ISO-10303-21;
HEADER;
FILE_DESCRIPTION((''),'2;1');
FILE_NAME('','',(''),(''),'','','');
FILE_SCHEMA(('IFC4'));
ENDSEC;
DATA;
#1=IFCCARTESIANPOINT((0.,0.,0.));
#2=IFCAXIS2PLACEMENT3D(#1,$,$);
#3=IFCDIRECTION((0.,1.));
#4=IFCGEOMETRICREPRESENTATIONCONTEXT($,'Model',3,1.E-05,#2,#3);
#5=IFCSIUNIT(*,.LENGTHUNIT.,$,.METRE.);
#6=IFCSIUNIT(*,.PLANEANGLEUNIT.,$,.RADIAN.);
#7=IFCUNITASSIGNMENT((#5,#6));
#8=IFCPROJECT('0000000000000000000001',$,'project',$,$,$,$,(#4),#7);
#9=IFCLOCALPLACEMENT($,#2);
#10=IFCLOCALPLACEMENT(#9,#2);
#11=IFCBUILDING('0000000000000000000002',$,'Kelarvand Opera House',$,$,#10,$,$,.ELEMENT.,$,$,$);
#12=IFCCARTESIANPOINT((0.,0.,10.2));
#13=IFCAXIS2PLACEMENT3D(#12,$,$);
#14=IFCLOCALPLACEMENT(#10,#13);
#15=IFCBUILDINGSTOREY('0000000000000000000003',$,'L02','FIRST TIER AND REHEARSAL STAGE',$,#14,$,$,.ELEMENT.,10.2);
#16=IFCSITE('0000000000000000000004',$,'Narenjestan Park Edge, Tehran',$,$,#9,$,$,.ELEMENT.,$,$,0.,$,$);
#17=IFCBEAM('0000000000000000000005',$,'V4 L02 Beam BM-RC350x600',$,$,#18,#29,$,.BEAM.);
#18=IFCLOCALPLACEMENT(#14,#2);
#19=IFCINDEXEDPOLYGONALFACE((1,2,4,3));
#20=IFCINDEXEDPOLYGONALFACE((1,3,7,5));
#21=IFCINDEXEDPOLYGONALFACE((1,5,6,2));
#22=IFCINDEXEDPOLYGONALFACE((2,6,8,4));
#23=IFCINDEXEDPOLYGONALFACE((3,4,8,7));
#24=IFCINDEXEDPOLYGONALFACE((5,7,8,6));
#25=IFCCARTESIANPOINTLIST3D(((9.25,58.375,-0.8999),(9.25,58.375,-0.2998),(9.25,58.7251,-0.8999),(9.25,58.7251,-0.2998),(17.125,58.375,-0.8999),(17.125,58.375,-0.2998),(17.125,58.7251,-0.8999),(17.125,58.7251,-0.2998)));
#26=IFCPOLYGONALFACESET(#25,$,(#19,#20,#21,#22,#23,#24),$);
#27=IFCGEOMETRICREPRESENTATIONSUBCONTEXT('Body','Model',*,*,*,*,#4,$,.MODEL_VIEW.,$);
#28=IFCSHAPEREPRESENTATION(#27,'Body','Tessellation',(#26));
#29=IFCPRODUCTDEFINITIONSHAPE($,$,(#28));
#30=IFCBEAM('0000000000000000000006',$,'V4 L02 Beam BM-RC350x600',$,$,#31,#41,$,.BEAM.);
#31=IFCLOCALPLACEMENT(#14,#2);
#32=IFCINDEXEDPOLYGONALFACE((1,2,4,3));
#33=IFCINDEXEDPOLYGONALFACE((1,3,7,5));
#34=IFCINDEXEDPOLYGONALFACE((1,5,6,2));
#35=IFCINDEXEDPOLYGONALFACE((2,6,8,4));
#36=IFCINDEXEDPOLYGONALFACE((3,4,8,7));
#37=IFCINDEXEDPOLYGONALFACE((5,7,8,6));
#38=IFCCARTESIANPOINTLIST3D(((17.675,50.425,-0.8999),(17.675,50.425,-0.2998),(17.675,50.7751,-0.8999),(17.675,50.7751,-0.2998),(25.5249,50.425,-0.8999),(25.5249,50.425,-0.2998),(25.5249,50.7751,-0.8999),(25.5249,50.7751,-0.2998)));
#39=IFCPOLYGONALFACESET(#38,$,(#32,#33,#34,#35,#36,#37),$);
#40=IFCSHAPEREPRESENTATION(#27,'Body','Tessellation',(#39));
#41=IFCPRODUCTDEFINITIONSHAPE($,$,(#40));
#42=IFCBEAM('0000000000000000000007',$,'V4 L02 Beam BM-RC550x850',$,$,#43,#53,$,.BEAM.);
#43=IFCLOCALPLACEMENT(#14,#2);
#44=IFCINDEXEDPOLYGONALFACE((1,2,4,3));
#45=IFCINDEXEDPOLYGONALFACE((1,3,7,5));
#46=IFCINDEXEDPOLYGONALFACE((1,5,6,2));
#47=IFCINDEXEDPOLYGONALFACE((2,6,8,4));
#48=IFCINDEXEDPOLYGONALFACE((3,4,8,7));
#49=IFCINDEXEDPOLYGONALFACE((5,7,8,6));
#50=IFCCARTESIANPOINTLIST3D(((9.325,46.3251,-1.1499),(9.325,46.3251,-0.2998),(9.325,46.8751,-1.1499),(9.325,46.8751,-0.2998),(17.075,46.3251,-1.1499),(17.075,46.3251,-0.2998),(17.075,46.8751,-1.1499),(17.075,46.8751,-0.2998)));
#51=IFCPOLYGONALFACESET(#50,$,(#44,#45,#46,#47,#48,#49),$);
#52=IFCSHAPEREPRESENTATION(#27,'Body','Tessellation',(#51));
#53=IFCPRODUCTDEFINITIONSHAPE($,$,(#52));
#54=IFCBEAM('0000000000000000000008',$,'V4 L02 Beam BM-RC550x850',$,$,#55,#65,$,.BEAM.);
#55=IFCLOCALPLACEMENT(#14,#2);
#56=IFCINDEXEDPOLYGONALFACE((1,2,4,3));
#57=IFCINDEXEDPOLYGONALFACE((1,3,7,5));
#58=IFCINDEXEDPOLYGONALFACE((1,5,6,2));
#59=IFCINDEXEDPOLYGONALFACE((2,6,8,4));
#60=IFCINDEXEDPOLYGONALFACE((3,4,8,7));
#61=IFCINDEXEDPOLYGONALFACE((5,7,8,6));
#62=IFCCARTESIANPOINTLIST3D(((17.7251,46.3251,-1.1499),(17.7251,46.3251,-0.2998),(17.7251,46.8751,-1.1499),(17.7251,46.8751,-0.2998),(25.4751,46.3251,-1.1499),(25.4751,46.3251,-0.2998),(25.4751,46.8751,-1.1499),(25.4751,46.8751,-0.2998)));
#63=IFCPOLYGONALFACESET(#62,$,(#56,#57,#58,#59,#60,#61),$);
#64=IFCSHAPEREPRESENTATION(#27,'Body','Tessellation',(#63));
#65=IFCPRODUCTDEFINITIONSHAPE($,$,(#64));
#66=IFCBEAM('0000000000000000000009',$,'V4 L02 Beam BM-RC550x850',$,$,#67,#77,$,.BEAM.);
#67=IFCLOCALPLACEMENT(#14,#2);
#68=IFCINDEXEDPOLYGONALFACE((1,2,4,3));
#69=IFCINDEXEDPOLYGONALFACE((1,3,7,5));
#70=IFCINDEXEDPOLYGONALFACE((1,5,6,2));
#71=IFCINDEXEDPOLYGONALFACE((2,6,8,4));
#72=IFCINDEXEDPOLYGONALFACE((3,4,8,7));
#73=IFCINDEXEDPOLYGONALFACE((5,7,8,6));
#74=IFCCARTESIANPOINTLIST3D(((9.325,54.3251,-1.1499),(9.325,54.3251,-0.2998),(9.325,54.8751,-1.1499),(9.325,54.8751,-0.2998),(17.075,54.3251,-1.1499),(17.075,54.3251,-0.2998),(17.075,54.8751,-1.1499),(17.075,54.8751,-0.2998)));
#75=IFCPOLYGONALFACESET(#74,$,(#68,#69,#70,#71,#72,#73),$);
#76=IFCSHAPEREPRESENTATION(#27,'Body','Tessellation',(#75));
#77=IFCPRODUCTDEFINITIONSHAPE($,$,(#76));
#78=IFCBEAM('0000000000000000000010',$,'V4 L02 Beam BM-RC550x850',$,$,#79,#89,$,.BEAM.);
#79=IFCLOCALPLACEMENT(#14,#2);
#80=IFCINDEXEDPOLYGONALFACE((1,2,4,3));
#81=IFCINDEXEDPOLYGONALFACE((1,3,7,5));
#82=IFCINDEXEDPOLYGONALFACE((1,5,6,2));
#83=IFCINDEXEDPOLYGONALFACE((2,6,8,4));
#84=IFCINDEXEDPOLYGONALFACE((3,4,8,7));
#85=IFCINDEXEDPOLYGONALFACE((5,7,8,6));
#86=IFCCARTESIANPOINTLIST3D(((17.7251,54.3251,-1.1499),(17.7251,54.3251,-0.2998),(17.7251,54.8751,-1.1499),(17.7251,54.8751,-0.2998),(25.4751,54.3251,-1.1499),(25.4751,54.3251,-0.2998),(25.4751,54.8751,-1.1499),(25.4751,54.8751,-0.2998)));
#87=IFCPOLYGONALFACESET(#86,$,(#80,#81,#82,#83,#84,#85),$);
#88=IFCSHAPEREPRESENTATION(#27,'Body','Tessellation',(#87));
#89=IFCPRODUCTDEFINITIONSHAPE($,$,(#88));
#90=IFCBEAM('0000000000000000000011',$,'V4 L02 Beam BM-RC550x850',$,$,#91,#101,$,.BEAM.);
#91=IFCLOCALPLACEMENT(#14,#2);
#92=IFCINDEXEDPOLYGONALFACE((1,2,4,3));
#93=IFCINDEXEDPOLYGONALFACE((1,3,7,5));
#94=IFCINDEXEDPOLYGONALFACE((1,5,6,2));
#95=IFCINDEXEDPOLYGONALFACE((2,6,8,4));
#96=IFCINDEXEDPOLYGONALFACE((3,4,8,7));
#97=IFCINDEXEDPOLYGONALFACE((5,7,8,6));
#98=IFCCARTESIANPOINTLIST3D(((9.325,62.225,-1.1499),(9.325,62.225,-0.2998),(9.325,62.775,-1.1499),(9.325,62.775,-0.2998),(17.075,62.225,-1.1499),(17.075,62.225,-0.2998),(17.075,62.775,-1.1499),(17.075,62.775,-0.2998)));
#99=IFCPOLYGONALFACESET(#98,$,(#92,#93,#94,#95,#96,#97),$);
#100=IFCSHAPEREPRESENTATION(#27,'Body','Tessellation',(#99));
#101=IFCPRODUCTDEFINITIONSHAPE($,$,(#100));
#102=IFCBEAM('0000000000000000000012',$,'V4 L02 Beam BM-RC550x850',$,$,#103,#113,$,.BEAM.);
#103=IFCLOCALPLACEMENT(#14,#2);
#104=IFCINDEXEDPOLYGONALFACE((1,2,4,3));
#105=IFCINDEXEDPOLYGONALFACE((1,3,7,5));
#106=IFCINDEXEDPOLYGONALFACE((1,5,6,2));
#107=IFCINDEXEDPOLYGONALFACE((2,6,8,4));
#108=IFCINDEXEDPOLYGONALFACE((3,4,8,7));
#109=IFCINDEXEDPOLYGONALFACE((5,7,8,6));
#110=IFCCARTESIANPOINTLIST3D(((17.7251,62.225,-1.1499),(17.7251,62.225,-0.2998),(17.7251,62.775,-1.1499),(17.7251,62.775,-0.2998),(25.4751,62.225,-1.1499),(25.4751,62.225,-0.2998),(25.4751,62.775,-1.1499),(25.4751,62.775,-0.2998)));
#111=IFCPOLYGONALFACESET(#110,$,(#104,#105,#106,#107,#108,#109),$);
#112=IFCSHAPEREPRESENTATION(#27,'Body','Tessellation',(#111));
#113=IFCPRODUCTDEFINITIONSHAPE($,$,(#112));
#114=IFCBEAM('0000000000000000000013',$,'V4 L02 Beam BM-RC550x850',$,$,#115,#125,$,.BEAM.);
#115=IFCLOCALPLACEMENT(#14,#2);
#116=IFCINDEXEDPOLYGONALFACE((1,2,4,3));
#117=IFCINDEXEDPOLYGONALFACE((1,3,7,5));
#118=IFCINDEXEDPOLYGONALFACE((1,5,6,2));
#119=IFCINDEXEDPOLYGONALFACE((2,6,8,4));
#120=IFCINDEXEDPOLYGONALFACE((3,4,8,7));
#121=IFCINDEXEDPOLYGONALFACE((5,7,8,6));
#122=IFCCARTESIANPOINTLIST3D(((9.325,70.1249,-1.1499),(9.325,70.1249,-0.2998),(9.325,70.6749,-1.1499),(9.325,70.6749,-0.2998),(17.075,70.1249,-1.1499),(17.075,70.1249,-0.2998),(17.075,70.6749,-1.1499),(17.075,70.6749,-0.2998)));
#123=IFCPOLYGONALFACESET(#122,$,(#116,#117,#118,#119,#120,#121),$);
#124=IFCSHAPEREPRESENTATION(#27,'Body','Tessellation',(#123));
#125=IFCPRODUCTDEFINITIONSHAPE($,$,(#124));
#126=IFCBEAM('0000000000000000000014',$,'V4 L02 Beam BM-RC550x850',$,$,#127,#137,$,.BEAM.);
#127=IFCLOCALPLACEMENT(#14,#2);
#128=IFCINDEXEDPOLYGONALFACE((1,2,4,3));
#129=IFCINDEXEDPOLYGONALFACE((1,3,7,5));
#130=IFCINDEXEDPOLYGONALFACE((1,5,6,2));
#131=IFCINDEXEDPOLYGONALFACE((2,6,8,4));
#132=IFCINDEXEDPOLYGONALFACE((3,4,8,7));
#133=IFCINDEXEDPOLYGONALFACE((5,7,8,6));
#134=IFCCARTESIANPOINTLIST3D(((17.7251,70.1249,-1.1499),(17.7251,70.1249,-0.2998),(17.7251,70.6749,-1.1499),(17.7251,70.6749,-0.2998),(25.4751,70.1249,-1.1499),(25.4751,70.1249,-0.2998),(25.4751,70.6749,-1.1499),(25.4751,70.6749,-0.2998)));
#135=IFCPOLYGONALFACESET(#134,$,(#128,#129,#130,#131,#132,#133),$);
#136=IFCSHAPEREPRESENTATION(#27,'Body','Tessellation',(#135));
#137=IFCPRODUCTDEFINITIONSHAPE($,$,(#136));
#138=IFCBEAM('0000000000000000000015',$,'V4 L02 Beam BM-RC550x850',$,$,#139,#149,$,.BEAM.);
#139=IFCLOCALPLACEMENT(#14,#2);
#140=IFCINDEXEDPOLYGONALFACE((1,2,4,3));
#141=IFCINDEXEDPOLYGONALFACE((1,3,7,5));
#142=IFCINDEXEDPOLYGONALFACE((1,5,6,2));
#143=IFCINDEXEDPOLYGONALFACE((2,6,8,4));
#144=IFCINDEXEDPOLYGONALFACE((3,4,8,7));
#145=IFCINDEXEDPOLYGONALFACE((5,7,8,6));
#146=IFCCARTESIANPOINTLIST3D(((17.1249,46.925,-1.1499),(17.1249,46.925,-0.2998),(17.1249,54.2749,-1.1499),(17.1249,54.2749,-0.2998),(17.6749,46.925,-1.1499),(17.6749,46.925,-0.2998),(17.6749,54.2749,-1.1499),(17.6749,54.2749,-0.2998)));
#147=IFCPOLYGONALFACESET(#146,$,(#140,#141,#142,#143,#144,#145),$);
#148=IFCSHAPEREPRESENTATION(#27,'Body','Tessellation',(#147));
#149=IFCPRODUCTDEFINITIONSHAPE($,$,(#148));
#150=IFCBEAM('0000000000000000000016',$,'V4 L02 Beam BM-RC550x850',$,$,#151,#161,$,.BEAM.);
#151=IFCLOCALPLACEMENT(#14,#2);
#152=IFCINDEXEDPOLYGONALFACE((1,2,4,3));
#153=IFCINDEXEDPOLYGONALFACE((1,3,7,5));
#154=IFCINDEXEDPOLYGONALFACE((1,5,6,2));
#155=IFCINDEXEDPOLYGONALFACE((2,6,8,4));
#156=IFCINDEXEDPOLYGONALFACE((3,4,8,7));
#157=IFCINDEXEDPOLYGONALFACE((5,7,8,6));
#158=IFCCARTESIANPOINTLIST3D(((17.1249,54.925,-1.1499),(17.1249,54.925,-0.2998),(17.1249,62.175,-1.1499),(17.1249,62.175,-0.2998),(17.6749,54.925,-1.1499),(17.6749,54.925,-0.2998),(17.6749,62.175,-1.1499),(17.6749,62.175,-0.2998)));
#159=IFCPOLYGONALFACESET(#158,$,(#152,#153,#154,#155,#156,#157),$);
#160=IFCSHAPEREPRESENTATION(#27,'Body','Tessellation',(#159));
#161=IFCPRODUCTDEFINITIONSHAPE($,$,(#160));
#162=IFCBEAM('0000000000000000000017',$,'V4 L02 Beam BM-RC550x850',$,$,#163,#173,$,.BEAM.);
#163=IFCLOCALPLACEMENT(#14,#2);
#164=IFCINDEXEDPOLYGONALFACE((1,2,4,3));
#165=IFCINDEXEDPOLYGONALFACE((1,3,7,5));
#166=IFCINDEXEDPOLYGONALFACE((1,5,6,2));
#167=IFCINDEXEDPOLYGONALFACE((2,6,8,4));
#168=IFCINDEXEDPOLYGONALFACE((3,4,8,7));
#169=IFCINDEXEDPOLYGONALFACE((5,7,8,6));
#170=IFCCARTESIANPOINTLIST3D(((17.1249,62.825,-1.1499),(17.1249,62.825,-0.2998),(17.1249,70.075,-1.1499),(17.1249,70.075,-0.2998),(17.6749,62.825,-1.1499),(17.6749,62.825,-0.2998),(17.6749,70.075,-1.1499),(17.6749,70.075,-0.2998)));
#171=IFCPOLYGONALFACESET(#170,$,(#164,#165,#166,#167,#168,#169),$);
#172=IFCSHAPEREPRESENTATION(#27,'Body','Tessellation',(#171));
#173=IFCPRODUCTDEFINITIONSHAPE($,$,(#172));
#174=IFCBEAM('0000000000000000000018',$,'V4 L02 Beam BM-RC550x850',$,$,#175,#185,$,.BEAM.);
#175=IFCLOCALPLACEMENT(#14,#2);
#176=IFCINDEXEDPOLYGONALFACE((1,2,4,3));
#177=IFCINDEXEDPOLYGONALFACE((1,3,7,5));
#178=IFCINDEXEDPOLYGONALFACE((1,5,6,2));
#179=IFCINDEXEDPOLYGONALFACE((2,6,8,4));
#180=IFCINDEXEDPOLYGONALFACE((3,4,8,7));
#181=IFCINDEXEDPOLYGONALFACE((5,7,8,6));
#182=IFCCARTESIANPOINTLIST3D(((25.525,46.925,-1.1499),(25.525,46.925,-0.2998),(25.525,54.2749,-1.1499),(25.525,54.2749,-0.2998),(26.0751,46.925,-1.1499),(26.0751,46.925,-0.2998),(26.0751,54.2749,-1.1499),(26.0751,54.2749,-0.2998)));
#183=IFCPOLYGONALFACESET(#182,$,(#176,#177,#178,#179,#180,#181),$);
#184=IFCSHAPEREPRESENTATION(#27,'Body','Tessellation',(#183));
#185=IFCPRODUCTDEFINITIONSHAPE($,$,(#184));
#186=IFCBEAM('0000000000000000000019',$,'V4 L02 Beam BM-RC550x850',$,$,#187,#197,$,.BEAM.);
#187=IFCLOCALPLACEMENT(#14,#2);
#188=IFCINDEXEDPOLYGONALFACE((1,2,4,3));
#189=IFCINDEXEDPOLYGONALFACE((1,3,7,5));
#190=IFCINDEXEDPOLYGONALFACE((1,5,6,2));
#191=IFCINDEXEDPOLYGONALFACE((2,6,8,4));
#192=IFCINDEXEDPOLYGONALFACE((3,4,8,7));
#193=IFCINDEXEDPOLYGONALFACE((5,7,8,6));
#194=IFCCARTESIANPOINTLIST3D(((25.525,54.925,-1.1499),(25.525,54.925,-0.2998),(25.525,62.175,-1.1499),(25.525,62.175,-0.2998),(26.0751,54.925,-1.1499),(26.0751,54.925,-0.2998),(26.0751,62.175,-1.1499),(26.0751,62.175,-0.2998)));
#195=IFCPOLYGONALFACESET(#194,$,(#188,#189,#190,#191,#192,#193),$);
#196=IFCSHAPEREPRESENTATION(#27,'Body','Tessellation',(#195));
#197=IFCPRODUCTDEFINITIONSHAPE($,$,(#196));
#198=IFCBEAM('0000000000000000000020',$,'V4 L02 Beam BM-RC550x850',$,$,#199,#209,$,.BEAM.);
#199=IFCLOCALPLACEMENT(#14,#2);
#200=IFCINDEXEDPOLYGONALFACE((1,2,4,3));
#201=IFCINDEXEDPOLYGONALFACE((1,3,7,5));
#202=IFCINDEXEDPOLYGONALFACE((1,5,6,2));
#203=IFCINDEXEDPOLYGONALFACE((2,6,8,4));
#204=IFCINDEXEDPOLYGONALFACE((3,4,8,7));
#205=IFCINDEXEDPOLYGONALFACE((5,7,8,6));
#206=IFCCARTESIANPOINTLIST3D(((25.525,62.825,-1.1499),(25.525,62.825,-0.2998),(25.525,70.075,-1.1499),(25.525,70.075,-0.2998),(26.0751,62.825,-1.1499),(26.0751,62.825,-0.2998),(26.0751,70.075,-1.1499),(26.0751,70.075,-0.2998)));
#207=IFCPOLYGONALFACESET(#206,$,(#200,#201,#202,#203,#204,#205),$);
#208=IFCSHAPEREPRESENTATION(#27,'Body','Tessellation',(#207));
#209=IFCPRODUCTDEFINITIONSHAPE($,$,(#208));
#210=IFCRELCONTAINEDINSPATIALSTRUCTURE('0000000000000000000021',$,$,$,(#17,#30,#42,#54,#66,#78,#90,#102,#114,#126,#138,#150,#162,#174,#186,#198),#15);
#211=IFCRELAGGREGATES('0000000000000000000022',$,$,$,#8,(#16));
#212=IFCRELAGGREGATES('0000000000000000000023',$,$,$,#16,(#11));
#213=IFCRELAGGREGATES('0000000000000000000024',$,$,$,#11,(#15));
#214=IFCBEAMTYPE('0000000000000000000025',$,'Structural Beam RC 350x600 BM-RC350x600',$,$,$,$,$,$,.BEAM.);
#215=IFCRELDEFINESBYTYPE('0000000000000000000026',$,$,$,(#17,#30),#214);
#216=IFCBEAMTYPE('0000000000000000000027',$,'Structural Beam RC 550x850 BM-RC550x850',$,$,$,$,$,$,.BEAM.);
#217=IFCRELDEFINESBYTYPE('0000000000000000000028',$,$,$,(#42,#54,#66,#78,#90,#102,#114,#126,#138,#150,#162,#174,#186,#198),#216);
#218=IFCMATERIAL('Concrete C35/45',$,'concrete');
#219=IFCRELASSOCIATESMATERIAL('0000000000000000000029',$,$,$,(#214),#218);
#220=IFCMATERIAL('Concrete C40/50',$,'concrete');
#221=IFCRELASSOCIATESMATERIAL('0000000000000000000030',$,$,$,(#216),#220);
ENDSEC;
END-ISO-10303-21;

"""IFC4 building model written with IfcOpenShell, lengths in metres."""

from ifc_helpers import new_model, si_unit, direction, frame, origin, origin_2d, place, context, subcontext, project, spatial, rectangle, extrude, material, material_profile, profile_set, type_object, element, save


model = new_model("IFC4")

# Units and contexts
model_context = context("Model", 3, precision=1e-05, world=origin(), true_north=direction((0.0, 1.0)))
body_context = subcontext(model_context, "Body", "Model", "MODEL_VIEW")
ifc_project = project(units=[si_unit("LENGTHUNIT", "METRE"), si_unit("PLANEANGLEUNIT", "RADIAN")], contexts=[model_context])

# Site, building, storey
site_placement = place(None, origin())
site = spatial("IfcSite", under=ifc_project, at=site_placement, Name="Narenjestan Park Edge, Tehran", CompositionType="ELEMENT", RefElevation=0.0)
building_placement = place(site_placement, origin())
building = spatial("IfcBuilding", under=site, at=building_placement, Name="Kelarvand Opera House", CompositionType="ELEMENT")
storey_placement = place(building_placement, frame((0.0, 0.0, 10.2)))
storey = spatial("IfcBuildingStorey", under=building, at=storey_placement, Name="L02", Description="FIRST TIER AND REHEARSAL STAGE", CompositionType="ELEMENT", Elevation=10.2)

# Beams
ifc_material_1 = material(Name="Concrete C35/45", Category="concrete")
ifc_material_profile_1 = material_profile(ifc_material_1, rectangle(XDim=0.3501, YDim=0.6001, at=origin_2d()), Name="RC 350x600", Category="concrete")
ifc_profile_set_1 = profile_set([ifc_material_profile_1], Name="Concrete C35/45")
beam_type_1 = type_object("IfcBeamType", Name="Structural Beam RC 350x600 BM-RC350x600", PredefinedType="BEAM", material=ifc_profile_set_1)
beam_1_placement = place(storey_placement, frame((9.25, 58.55, -0.5999), z_axis=(1.0, 0.0, 0.0), x_axis=(0.0, 1.0, 0.0)))
element("IfcBeam", 1, at=beam_1_placement, inside=storey, type_object=beam_type_1, Name="V4 L02 Beam BM-RC350x600", PredefinedType="BEAM", context=body_context, shape_type="SweptSolid", body=[
    extrude(rectangle(XDim=0.3501, YDim=0.6001, at=origin_2d()), origin(), (0.0, 0.0, 1.0), 7.875),
])
beam_2_placement = place(storey_placement, frame((17.675, 50.6001, -0.5999), z_axis=(1.0, 0.0, 0.0), x_axis=(0.0, 1.0, 0.0)))
element("IfcBeam", 2, at=beam_2_placement, inside=storey, type_object=beam_type_1, Name="V4 L02 Beam BM-RC350x600", PredefinedType="BEAM", context=body_context, shape_type="SweptSolid", body=[
    extrude(rectangle(XDim=0.3501, YDim=0.6001, at=origin_2d()), origin(), (0.0, 0.0, 1.0), 7.8499),
])
ifc_material_2 = material(Name="Concrete C40/50", Category="concrete")
ifc_material_profile_2 = material_profile(ifc_material_2, rectangle(XDim=0.55, YDim=0.8501, at=origin_2d()), Name="RC 550x850", Category="concrete")
ifc_profile_set_2 = profile_set([ifc_material_profile_2], Name="Concrete C40/50")
beam_type_2 = type_object("IfcBeamType", Name="Structural Beam RC 550x850 BM-RC550x850", PredefinedType="BEAM", material=ifc_profile_set_2)
for number, where, z_axis, x_axis, name in (
    (3, (9.325, 46.6001, -0.7249), (1.0, 0.0, 0.0), (0.0, 1.0, 0.0), "V4 L02 Beam BM-RC550x850"),
    (4, (17.7251, 46.6001, -0.7249), (1.0, 0.0, 0.0), (0.0, 1.0, 0.0), "V4 L02 Beam BM-RC550x850"),
    (5, (9.325, 54.6001, -0.7249), (1.0, 0.0, 0.0), (0.0, 1.0, 0.0), "V4 L02 Beam BM-RC550x850"),
    (6, (17.7251, 54.6001, -0.7249), (1.0, 0.0, 0.0), (0.0, 1.0, 0.0), "V4 L02 Beam BM-RC550x850"),
    (7, (9.325, 62.5, -0.7249), (1.0, 0.0, 0.0), (0.0, 1.0, 0.0), "V4 L02 Beam BM-RC550x850"),
    (8, (17.7251, 62.5, -0.7249), (1.0, 0.0, 0.0), (0.0, 1.0, 0.0), "V4 L02 Beam BM-RC550x850"),
    (9, (9.325, 70.3999, -0.7249), (1.0, 0.0, 0.0), (0.0, 1.0, 0.0), "V4 L02 Beam BM-RC550x850"),
    (10, (17.7251, 70.3999, -0.7249), (1.0, 0.0, 0.0), (0.0, 1.0, 0.0), "V4 L02 Beam BM-RC550x850"),
):
    element("IfcBeam", number, at=place(storey_placement, frame(where, z_axis=z_axis, x_axis=x_axis)), inside=storey, type_object=beam_type_2, Name=name, PredefinedType="BEAM", context=body_context, shape_type="SweptSolid", body=[
        extrude(rectangle(XDim=0.55, YDim=0.8501, at=origin_2d()), origin(), (0.0, 0.0, 1.0), 7.75),
    ])
beam_3_placement = place(storey_placement, frame((17.3999, 46.925, -0.7249), z_axis=(0.0, 1.0, 0.0), x_axis=(-1.0, 0.0, 0.0)))
element("IfcBeam", 11, at=beam_3_placement, inside=storey, type_object=beam_type_2, Name="V4 L02 Beam BM-RC550x850", PredefinedType="BEAM", context=body_context, shape_type="SweptSolid", body=[
    extrude(rectangle(XDim=0.55, YDim=0.8501, at=origin_2d()), origin(), (0.0, 0.0, 1.0), 7.3499),
])
for number, where, z_axis, x_axis, name in (
    (12, (17.3999, 54.925, -0.7249), (0.0, 1.0, 0.0), (-1.0, 0.0, 0.0), "V4 L02 Beam BM-RC550x850"),
    (13, (17.3999, 62.825, -0.7249), (0.0, 1.0, 0.0), (-1.0, 0.0, 0.0), "V4 L02 Beam BM-RC550x850"),
):
    element("IfcBeam", number, at=place(storey_placement, frame(where, z_axis=z_axis, x_axis=x_axis)), inside=storey, type_object=beam_type_2, Name=name, PredefinedType="BEAM", context=body_context, shape_type="SweptSolid", body=[
        extrude(rectangle(XDim=0.55, YDim=0.8501, at=origin_2d()), origin(), (0.0, 0.0, 1.0), 7.25),
    ])
beam_4_placement = place(storey_placement, frame((25.8, 46.925, -0.7249), z_axis=(0.0, 1.0, 0.0), x_axis=(-1.0, 0.0, 0.0)))
element("IfcBeam", 14, at=beam_4_placement, inside=storey, type_object=beam_type_2, Name="V4 L02 Beam BM-RC550x850", PredefinedType="BEAM", context=body_context, shape_type="SweptSolid", body=[
    extrude(rectangle(XDim=0.55, YDim=0.8501, at=origin_2d()), origin(), (0.0, 0.0, 1.0), 7.3499),
])
for number, where, z_axis, x_axis, name in (
    (15, (25.8, 54.925, -0.7249), (0.0, 1.0, 0.0), (-1.0, 0.0, 0.0), "V4 L02 Beam BM-RC550x850"),
    (16, (25.8, 62.825, -0.7249), (0.0, 1.0, 0.0), (-1.0, 0.0, 0.0), "V4 L02 Beam BM-RC550x850"),
):
    element("IfcBeam", number, at=place(storey_placement, frame(where, z_axis=z_axis, x_axis=x_axis)), inside=storey, type_object=beam_type_2, Name=name, PredefinedType="BEAM", context=body_context, shape_type="SweptSolid", body=[
        extrude(rectangle(XDim=0.55, YDim=0.8501, at=origin_2d()), origin(), (0.0, 0.0, 1.0), 7.25),
    ])

save(model, "model.ifc")
